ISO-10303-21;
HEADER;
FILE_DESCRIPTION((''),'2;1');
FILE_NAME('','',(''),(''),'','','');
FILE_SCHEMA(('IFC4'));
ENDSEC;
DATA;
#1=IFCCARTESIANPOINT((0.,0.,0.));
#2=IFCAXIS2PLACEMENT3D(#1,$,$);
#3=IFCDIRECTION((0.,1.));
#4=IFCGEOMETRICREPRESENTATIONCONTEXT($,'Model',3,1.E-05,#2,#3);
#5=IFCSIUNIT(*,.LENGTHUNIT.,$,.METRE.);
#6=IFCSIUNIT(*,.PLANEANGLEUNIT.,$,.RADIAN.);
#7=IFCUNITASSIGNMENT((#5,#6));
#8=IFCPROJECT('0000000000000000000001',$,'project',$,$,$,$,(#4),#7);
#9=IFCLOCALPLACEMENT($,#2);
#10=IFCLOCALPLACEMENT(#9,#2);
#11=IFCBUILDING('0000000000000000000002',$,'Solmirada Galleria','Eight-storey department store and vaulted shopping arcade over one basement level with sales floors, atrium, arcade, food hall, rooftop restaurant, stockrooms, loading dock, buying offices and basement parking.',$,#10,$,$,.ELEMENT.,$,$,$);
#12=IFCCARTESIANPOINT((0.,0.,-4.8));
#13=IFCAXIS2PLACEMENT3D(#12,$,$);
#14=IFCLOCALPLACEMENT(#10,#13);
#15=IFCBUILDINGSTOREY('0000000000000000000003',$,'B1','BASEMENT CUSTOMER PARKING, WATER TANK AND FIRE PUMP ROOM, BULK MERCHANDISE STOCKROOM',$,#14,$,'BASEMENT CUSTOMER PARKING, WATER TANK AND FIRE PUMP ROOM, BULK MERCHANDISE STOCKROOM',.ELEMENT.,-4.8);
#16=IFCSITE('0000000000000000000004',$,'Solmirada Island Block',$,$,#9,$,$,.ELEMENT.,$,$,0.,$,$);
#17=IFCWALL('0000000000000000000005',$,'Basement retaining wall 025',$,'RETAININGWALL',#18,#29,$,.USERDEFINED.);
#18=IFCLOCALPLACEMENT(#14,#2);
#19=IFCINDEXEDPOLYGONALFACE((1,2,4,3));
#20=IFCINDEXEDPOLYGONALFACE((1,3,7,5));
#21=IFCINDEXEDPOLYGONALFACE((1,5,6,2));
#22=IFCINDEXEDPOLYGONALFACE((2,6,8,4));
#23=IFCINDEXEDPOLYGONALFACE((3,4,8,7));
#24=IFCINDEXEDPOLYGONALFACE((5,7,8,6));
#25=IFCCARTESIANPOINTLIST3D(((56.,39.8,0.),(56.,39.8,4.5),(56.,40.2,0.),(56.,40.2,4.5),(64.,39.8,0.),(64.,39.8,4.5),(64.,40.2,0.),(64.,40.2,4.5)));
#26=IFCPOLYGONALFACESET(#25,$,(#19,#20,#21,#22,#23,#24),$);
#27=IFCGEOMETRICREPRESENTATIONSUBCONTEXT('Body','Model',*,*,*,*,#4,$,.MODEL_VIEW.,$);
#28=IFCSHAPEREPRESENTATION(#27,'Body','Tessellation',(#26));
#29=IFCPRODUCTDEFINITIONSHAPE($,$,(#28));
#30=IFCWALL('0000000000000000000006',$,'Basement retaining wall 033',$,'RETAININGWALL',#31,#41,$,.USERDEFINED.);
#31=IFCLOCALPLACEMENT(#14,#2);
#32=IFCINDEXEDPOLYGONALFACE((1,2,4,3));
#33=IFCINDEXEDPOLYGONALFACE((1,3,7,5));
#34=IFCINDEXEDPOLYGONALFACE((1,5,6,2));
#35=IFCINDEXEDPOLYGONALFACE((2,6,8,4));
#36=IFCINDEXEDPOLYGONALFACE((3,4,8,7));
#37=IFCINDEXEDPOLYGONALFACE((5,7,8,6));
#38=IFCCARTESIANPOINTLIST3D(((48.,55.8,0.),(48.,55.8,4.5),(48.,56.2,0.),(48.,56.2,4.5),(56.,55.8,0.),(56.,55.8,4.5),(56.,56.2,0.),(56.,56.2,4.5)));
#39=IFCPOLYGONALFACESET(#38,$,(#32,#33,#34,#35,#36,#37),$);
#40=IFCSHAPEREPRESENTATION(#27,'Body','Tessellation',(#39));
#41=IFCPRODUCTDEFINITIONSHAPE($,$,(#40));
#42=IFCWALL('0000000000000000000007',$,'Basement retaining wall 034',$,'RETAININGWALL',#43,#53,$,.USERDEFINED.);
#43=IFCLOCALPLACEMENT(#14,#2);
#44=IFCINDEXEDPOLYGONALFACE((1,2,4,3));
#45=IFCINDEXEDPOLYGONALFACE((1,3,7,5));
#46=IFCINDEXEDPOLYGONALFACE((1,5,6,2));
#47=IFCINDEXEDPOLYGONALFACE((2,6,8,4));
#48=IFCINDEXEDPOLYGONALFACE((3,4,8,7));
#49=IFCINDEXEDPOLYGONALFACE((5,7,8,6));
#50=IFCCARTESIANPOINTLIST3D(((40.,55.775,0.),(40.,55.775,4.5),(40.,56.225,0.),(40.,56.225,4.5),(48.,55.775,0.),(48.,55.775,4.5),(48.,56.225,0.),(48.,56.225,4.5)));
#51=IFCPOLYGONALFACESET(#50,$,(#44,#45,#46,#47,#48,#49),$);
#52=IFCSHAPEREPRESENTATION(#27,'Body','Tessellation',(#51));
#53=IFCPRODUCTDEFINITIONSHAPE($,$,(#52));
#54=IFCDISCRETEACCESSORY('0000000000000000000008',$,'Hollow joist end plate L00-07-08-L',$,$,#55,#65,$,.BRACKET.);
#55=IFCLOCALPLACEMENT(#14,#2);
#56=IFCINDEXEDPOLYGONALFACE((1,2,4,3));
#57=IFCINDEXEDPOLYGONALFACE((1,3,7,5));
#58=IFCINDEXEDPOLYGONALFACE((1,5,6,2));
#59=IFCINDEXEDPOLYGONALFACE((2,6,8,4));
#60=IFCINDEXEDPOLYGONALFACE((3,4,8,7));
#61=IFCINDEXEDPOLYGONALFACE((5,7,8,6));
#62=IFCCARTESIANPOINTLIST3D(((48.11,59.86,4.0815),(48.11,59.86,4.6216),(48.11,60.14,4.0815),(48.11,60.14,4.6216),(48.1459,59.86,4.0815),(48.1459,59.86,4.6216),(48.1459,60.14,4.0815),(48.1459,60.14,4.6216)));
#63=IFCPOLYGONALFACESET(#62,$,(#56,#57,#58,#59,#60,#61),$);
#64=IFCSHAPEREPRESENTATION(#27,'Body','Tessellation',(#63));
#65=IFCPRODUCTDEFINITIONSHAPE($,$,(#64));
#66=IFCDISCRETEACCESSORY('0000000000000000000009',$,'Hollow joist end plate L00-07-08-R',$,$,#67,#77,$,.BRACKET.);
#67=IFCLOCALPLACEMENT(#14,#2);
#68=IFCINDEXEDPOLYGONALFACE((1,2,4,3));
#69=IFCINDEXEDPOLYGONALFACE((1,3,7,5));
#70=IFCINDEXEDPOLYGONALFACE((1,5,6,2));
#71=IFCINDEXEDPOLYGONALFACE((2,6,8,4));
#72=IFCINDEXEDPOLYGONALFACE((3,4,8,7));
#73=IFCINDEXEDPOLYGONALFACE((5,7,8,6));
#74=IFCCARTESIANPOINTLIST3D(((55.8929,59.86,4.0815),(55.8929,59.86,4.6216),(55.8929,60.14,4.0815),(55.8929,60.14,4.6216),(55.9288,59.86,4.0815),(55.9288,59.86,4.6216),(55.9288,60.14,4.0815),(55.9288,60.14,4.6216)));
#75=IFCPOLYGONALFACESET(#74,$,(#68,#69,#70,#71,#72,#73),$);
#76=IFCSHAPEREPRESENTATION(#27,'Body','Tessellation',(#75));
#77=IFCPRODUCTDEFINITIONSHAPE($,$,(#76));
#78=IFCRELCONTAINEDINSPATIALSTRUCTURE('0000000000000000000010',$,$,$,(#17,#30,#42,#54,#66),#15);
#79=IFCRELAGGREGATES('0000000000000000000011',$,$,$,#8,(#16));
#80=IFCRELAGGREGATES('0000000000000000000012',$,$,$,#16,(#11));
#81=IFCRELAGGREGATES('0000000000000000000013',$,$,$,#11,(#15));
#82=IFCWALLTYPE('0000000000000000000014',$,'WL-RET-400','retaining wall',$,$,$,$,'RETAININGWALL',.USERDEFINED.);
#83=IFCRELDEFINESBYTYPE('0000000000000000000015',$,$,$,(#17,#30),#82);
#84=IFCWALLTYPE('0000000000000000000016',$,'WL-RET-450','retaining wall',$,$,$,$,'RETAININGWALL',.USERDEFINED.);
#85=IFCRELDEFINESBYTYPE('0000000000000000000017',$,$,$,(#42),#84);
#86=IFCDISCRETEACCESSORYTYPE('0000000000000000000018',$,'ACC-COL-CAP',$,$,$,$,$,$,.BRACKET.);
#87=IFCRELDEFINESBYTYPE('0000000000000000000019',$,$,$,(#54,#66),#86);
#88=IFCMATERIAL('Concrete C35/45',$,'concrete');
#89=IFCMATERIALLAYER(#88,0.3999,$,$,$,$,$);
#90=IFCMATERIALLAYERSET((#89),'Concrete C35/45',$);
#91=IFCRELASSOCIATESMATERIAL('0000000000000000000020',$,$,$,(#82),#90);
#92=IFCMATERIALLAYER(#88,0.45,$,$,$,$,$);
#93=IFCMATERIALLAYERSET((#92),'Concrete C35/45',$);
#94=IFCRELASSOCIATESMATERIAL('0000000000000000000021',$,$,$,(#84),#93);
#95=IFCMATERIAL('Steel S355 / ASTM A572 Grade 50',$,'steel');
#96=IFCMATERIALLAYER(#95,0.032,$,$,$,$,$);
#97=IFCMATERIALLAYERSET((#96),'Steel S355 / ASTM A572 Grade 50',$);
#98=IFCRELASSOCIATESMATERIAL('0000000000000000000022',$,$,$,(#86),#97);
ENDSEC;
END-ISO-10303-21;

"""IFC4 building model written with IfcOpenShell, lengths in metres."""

from ifc_helpers import new_model, si_unit, direction, frame, frame_2d, origin, origin_2d, place, context, subcontext, project, spatial, rectangle, extrude, material, layer, layer_set, type_object, element, save


model = new_model("IFC4")

# Units and contexts
model_context = context("Model", 3, precision=1e-05, world=origin(), true_north=direction((0.0, 1.0)))
body_context = subcontext(model_context, "Body", "Model", "MODEL_VIEW")
ifc_project = project(units=[si_unit("LENGTHUNIT", "METRE"), si_unit("PLANEANGLEUNIT", "RADIAN")], contexts=[model_context])

# Site, building, storey
site_placement = place(None, origin())
site = spatial("IfcSite", under=ifc_project, at=site_placement, Name="Solmirada Island Block", CompositionType="ELEMENT", RefElevation=0.0)
building_placement = place(site_placement, origin())
building = spatial("IfcBuilding", under=site, at=building_placement, Name="Solmirada Galleria", Description="Eight-storey department store and vaulted shopping arcade over one basement level with sales floors, atrium, arcade, food hall, rooftop restaurant, stockrooms, loading dock, buying offices and basement parking.", CompositionType="ELEMENT")
storey_placement = place(building_placement, frame((0.0, 0.0, -4.8)))
storey = spatial("IfcBuildingStorey", under=building, at=storey_placement, Name="B1", Description="BASEMENT CUSTOMER PARKING, WATER TANK AND FIRE PUMP ROOM, BULK MERCHANDISE STOCKROOM", LongName="BASEMENT CUSTOMER PARKING, WATER TANK AND FIRE PUMP ROOM, BULK MERCHANDISE STOCKROOM", CompositionType="ELEMENT", Elevation=-4.8)

# Shared definitions
ifc_material_1 = material(Name="Concrete C35/45", Category="concrete")

# Walls
ifc_layer_1 = layer(ifc_material_1, 0.3999)
ifc_layer_set_1 = layer_set([ifc_layer_1], Name="Concrete C35/45")
wall_type_1 = type_object("IfcWallType", Name="WL-RET-400", Description="retaining wall", ElementType="RETAININGWALL", PredefinedType="USERDEFINED", material=ifc_layer_set_1)
for number, where, z_axis, x_axis, name in (
    (1, (56.0, 40.0, 0.0), (0.0, 0.0, 1.0), (1.0, 0.0, 0.0), "Basement retaining wall 025"),
    (2, (56.0, 56.0, 0.0), (0.0, 0.0, 1.0), (-1.0, 0.0, 0.0), "Basement retaining wall 033"),
):
    element("IfcWall", number, at=place(storey_placement, frame(where, z_axis=z_axis, x_axis=x_axis)), inside=storey, type_object=wall_type_1, Name=name, ObjectType="RETAININGWALL", PredefinedType="USERDEFINED", context=body_context, shape_type="SweptSolid", body=[
        extrude(rectangle(XDim=8.0, YDim=0.3999, at=frame_2d((4.0, 0.0))), origin(), (0.0, 0.0, 1.0), 4.5),
    ])
ifc_layer_2 = layer(ifc_material_1, 0.45)
ifc_layer_set_2 = layer_set([ifc_layer_2], Name="Concrete C35/45")
wall_type_2 = type_object("IfcWallType", Name="WL-RET-450", Description="retaining wall", ElementType="RETAININGWALL", PredefinedType="USERDEFINED", material=ifc_layer_set_2)
wall_placement = place(storey_placement, frame((48.0, 56.0, 0.0), z_axis=(0.0, 0.0, 1.0), x_axis=(-1.0, 0.0, 0.0)))
element("IfcWall", 3, at=wall_placement, inside=storey, type_object=wall_type_2, Name="Basement retaining wall 034", ObjectType="RETAININGWALL", PredefinedType="USERDEFINED", context=body_context, shape_type="SweptSolid", body=[
    extrude(rectangle(XDim=8.0, YDim=0.45, at=frame_2d((4.0, 0.0))), origin(), (0.0, 0.0, 1.0), 4.5),
])

# Discrete accessories
ifc_material_2 = material(Name="Steel S355 / ASTM A572 Grade 50", Category="steel")
ifc_layer_3 = layer(ifc_material_2, 0.032)
ifc_layer_set_3 = layer_set([ifc_layer_3], Name="Steel S355 / ASTM A572 Grade 50")
discrete_accessory_type = type_object("IfcDiscreteAccessoryType", Name="ACC-COL-CAP", PredefinedType="BRACKET", material=ifc_layer_set_3)
for number, where, z_axis, x_axis, name in (
    (4, (48.1279, 60.0, 4.0815), (0.0, 0.0, 1.0), (1.0, 0.0, 0.0), "Hollow joist end plate L00-07-08-L"),
    (5, (55.9109, 60.0, 4.0815), (0.0, 0.0, 1.0), (1.0, 0.0, 0.0), "Hollow joist end plate L00-07-08-R"),
):
    element("IfcDiscreteAccessory", number, at=place(storey_placement, frame(where, z_axis=z_axis, x_axis=x_axis)), inside=storey, type_object=discrete_accessory_type, Name=name, PredefinedType="BRACKET", context=body_context, shape_type="SweptSolid", body=[
        extrude(rectangle(XDim=0.0359, YDim=0.28, at=origin_2d()), origin(), (0.0, 0.0, 1.0), 0.54),
    ])

save(model, "model.ifc")
